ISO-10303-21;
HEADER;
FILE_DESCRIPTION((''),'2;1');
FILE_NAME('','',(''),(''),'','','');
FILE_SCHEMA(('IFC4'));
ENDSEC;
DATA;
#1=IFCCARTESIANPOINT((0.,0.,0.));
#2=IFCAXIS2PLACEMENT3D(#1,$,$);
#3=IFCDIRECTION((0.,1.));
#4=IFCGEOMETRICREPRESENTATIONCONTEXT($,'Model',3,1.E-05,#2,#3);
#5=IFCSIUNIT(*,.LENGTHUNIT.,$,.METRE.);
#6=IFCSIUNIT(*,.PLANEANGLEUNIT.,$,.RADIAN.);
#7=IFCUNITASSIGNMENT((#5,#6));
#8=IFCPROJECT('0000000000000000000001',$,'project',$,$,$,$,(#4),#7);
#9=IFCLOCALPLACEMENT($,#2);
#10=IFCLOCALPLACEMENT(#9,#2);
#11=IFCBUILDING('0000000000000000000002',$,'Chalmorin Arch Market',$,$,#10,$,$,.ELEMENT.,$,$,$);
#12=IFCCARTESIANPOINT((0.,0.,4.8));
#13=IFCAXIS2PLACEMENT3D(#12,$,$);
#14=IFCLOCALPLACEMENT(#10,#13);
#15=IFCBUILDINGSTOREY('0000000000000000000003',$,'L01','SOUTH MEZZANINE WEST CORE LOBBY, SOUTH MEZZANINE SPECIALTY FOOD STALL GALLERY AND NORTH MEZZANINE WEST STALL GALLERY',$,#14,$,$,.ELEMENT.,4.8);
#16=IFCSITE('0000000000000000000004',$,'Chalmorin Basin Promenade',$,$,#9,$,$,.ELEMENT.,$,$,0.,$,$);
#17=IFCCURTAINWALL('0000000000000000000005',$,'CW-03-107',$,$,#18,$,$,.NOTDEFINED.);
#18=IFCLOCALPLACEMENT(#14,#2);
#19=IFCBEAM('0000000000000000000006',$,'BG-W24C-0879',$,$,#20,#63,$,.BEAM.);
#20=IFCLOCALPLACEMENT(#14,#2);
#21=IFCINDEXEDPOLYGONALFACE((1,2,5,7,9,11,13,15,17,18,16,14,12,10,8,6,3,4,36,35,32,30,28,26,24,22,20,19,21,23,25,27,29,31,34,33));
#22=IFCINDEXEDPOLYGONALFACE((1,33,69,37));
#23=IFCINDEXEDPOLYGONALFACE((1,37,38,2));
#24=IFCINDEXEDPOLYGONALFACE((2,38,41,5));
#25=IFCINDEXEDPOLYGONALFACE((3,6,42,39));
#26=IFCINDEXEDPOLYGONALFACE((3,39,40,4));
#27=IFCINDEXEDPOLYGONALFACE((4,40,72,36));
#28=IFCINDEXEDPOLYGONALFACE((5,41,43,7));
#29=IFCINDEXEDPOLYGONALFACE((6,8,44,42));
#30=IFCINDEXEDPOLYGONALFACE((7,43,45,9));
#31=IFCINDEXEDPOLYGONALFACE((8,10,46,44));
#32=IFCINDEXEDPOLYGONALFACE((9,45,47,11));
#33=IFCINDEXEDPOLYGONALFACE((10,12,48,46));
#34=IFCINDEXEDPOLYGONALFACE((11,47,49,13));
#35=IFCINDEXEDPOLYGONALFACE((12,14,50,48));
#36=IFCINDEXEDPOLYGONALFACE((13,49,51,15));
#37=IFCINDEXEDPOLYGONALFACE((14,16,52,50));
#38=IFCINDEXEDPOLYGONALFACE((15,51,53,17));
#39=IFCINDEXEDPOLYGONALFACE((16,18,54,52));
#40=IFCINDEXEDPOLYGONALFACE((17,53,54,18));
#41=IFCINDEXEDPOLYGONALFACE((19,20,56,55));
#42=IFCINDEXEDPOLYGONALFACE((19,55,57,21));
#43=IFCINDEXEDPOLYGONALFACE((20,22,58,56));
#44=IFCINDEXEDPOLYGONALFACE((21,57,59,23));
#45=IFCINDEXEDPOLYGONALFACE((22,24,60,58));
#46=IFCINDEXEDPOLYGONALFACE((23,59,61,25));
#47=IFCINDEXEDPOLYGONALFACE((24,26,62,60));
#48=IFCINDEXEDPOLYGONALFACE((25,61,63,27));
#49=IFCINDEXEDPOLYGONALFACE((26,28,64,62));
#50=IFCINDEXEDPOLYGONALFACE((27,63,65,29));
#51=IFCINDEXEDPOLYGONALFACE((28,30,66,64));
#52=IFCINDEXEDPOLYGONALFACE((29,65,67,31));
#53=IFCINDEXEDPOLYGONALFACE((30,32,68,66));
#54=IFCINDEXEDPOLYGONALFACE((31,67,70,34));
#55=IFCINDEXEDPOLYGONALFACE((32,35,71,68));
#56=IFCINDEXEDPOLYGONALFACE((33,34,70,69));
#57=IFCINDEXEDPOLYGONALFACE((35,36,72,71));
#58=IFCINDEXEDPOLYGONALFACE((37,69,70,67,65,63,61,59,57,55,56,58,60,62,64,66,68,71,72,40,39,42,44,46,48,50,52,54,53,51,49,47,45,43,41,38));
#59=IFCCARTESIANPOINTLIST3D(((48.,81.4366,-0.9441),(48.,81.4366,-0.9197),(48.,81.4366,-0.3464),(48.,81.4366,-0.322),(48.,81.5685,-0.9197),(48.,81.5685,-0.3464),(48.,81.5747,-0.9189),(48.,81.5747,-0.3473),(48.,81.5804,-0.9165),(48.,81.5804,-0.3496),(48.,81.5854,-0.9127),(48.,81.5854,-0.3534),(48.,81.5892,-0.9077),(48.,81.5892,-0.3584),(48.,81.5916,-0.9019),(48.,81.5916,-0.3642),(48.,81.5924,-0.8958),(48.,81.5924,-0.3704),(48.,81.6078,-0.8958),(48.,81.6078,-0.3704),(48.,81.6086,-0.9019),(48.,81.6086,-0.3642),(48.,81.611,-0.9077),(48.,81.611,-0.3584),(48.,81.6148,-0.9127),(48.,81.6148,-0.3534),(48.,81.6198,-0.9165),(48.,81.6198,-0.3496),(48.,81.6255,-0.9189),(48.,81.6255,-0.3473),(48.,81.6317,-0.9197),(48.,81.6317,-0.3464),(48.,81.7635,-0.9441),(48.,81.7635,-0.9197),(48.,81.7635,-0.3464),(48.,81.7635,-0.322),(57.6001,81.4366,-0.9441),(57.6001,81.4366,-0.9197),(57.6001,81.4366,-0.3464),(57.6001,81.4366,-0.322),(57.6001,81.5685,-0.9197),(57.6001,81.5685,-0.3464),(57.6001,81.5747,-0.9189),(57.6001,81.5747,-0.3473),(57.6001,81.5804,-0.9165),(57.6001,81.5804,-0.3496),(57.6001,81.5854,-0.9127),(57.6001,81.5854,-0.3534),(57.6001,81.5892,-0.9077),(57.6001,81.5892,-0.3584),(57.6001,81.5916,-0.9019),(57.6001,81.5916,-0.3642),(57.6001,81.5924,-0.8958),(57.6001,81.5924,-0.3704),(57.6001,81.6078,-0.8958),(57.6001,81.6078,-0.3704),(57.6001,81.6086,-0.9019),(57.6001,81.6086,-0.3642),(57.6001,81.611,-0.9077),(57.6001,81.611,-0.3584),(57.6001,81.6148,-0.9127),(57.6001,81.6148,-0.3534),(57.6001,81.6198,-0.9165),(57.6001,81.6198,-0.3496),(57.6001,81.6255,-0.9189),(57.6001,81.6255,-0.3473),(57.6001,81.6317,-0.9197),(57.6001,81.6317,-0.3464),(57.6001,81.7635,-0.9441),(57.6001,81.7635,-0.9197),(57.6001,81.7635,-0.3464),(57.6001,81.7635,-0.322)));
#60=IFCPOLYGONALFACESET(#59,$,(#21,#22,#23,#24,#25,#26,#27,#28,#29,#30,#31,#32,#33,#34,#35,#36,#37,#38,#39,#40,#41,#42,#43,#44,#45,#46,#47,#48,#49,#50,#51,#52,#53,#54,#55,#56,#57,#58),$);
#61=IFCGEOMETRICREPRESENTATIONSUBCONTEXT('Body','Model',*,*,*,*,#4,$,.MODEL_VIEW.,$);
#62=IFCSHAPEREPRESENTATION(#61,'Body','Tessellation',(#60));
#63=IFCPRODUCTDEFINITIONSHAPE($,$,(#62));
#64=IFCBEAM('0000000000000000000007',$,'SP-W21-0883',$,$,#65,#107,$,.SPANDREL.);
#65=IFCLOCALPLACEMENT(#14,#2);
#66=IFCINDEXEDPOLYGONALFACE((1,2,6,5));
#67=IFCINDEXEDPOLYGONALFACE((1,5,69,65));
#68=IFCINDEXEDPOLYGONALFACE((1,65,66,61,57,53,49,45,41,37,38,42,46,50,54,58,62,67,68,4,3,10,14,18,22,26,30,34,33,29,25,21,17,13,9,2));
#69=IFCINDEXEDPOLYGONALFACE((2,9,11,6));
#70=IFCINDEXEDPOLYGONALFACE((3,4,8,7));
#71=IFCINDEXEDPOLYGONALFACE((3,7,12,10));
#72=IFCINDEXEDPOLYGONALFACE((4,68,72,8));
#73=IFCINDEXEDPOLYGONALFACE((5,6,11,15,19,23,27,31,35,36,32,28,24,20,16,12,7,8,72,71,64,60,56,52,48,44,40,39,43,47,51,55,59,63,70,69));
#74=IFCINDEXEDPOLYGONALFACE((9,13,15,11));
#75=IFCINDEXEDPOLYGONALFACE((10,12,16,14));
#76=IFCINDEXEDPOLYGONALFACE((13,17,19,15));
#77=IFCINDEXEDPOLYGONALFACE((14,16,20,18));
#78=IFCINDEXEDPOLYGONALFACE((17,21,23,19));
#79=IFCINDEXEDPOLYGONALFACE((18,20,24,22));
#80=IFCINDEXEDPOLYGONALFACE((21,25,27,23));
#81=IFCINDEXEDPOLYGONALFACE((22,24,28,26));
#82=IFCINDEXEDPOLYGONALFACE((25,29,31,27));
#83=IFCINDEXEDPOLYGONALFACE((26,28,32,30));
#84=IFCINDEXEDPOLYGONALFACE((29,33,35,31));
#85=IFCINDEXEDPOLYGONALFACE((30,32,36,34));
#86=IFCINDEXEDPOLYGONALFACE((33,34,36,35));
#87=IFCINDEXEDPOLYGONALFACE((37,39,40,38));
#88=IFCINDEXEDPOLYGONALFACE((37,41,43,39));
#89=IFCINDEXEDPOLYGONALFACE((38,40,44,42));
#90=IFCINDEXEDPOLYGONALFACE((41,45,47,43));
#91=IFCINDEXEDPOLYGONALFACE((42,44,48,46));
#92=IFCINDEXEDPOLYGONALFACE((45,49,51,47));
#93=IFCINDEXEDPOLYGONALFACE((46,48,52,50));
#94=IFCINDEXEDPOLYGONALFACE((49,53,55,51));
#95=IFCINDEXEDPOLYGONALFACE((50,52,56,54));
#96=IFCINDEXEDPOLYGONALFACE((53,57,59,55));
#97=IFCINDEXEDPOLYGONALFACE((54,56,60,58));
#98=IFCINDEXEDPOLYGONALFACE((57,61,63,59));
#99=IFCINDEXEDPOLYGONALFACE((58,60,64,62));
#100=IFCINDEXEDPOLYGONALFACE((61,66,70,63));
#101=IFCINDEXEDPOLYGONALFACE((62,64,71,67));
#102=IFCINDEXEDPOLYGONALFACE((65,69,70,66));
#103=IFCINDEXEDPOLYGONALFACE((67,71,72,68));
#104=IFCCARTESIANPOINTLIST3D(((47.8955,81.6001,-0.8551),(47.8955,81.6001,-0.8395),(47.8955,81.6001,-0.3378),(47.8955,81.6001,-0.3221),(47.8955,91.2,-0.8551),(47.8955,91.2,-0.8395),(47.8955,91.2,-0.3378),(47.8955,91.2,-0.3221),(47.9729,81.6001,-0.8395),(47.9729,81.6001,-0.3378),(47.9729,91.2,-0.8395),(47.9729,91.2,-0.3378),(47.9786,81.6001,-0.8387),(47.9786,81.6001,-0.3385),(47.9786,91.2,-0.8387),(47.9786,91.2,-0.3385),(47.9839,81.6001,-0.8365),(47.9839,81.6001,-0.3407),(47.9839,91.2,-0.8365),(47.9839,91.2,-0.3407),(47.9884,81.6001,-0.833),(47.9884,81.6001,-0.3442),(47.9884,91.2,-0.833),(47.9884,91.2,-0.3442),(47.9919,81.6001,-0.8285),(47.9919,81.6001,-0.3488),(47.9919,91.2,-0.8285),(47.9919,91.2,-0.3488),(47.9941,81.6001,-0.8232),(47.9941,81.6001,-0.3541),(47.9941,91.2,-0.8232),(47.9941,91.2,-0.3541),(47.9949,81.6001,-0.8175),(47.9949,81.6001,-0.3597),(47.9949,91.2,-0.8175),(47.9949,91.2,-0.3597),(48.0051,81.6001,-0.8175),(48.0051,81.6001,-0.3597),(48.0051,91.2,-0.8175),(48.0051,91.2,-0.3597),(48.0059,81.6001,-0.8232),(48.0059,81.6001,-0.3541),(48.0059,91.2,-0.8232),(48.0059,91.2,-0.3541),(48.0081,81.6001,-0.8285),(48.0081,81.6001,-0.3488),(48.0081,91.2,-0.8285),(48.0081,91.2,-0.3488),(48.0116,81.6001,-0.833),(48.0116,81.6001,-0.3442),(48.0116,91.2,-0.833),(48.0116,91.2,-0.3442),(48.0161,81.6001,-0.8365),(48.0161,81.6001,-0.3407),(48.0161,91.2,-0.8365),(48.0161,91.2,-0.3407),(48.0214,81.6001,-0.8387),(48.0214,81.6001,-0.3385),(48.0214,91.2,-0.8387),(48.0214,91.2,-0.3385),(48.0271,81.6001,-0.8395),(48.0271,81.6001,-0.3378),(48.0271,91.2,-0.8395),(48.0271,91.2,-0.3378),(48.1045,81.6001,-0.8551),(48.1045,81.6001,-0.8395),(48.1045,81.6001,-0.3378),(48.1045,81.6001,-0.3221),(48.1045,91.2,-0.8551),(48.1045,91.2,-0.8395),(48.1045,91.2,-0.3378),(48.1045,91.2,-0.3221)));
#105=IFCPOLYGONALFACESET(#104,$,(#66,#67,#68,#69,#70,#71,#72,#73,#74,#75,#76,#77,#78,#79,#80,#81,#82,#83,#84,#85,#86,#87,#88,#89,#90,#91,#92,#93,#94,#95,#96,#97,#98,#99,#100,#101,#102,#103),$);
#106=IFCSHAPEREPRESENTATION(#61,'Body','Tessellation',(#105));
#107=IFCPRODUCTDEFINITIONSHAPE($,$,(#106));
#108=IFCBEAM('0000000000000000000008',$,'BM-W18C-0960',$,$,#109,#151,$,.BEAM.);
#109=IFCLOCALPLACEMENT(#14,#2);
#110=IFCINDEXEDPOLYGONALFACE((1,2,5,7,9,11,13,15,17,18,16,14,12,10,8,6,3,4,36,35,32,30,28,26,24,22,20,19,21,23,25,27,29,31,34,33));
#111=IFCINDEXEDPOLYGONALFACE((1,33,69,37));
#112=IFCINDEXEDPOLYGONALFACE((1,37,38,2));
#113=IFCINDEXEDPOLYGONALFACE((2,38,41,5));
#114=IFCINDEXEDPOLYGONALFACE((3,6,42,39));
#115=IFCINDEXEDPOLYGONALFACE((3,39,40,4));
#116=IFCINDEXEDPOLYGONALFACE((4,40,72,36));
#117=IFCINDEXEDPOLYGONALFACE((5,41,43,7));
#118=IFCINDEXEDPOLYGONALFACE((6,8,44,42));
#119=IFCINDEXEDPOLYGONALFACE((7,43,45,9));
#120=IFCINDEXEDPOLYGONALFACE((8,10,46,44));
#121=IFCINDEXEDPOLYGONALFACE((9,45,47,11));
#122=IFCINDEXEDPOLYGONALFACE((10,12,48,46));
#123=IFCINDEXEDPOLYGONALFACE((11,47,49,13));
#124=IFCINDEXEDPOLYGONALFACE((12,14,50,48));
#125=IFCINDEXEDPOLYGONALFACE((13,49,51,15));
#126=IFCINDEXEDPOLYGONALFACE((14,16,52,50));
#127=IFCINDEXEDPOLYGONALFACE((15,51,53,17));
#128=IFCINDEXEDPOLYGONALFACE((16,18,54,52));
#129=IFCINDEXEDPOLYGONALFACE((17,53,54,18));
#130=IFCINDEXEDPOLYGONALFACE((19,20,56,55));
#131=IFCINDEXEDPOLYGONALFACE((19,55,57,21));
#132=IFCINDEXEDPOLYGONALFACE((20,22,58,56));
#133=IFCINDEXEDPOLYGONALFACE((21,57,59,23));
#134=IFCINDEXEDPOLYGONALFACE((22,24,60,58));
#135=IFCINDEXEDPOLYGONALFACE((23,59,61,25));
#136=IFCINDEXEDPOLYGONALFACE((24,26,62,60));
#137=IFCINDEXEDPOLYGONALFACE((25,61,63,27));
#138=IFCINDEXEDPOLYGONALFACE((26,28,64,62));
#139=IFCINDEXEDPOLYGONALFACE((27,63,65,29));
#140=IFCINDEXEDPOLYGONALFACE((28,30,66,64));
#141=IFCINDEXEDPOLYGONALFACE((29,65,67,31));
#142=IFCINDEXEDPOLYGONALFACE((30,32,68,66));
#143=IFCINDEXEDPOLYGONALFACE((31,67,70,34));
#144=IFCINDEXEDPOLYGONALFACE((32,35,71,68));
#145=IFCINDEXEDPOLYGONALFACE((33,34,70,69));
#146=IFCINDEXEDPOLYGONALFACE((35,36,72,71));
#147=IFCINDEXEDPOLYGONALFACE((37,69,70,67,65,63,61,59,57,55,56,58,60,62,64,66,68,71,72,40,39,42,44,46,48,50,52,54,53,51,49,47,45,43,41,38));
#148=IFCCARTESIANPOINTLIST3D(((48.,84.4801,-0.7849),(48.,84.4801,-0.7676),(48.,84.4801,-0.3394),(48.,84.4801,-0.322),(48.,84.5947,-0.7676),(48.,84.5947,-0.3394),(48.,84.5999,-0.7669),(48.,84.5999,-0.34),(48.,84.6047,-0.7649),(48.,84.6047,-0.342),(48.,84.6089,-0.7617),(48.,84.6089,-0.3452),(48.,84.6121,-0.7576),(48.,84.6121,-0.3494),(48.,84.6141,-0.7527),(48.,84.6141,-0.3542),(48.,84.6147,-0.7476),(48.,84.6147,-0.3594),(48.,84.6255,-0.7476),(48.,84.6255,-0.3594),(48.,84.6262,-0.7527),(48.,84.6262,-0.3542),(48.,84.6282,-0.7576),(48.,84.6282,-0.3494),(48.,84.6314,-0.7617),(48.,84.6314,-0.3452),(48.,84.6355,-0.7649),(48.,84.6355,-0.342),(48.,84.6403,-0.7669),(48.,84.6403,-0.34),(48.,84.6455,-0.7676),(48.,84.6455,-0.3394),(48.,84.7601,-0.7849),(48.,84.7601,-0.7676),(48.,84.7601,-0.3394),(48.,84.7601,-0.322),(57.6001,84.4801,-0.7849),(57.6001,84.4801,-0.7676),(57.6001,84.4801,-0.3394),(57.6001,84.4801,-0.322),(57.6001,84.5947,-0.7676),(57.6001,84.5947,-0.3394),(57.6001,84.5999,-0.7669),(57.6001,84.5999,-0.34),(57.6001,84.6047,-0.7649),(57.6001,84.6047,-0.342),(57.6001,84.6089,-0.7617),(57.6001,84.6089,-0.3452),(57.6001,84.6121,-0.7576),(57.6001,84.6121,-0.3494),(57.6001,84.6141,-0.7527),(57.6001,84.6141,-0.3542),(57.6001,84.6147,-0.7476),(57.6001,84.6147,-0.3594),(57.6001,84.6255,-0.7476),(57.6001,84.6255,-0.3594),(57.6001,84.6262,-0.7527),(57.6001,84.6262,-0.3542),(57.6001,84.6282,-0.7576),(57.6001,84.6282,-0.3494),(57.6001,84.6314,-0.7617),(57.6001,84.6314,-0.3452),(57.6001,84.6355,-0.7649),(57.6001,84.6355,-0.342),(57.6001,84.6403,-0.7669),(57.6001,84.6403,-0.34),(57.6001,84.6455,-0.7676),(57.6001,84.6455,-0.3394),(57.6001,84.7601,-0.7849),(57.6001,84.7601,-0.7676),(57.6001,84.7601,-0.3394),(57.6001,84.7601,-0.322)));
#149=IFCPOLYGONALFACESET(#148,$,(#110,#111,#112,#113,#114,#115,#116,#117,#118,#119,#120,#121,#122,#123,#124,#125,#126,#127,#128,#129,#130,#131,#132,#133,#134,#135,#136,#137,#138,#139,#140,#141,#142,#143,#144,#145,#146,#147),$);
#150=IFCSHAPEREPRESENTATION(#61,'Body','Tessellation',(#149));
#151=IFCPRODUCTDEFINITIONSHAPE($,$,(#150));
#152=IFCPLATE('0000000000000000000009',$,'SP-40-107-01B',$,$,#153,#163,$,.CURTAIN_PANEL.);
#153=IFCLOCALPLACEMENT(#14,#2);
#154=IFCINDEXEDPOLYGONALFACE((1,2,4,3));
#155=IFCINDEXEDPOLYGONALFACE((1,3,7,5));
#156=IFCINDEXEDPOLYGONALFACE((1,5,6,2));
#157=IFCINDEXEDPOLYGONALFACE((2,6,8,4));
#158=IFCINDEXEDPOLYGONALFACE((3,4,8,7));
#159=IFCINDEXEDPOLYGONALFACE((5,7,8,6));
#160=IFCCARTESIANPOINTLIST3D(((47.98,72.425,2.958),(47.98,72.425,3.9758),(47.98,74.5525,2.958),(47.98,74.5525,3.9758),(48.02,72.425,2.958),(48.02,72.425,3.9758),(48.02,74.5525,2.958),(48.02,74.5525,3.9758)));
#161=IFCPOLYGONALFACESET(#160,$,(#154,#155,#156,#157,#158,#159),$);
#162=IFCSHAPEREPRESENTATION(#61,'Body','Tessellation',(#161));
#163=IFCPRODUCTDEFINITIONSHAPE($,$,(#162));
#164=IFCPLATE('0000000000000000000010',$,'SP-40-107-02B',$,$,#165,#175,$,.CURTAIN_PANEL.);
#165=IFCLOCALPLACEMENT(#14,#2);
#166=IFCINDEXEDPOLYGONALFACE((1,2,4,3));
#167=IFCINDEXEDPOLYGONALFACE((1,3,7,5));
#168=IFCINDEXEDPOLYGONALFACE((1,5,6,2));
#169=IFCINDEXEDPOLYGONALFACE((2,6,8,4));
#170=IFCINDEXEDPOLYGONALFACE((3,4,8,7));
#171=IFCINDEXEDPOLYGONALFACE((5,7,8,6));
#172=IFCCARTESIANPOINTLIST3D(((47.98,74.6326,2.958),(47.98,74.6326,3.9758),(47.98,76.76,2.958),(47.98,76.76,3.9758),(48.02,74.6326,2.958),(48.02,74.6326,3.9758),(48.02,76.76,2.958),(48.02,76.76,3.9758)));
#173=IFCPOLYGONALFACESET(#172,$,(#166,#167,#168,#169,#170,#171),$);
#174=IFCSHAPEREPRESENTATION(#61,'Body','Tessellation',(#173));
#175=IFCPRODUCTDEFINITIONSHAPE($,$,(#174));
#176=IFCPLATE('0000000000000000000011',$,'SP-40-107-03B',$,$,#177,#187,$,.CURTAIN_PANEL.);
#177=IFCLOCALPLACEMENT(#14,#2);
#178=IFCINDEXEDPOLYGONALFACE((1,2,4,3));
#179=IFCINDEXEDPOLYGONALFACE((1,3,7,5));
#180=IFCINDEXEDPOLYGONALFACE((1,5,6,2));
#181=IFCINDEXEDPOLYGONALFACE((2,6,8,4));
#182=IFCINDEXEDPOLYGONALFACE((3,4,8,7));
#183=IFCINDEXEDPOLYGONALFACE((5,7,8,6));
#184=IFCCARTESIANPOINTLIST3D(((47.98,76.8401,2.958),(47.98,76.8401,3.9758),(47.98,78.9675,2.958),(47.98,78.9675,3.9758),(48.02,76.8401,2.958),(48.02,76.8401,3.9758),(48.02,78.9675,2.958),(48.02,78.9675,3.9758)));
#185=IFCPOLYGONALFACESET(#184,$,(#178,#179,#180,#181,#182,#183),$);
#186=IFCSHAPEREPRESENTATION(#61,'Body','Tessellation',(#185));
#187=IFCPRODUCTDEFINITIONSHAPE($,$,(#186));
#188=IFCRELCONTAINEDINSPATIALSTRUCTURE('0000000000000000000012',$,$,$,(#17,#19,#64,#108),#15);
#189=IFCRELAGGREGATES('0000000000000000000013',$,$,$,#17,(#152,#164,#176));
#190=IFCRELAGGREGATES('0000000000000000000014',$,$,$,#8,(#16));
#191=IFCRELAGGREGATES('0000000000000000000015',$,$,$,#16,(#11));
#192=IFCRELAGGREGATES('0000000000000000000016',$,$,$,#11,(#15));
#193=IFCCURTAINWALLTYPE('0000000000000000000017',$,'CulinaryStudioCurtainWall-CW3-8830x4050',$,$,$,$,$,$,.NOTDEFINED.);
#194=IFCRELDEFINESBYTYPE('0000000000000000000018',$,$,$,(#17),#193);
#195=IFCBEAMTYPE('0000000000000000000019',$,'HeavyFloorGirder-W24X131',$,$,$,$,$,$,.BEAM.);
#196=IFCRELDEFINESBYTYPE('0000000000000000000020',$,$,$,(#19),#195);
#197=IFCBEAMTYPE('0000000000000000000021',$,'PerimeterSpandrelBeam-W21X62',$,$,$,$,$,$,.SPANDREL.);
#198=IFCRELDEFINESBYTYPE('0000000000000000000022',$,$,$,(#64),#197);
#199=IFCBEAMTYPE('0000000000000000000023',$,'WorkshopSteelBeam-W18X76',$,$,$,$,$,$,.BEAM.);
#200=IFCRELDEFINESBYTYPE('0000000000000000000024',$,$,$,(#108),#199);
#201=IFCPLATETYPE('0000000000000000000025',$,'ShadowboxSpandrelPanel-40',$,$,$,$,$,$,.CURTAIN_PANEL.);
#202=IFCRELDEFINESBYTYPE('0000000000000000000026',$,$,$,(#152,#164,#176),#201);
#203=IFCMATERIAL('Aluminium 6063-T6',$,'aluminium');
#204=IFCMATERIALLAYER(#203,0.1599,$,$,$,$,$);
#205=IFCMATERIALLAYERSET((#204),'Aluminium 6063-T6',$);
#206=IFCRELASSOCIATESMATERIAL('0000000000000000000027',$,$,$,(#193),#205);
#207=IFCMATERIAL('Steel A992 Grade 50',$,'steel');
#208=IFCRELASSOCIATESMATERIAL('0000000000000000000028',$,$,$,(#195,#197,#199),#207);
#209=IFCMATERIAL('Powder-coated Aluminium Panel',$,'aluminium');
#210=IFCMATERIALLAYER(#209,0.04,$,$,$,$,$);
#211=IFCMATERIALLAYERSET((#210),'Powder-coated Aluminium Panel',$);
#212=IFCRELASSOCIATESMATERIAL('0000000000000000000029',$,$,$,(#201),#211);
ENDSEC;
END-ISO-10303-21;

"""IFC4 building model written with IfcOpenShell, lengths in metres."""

from ifc_helpers import new_model, si_unit, direction, frame, origin, origin_2d, place, context, subcontext, project, spatial, rectangle, i_section, extrude, material, layer, layer_set, material_profile, profile_set, type_object, element, aggregate, save


model = new_model("IFC4")

# Units and contexts
model_context = context("Model", 3, precision=1e-05, world=origin(), true_north=direction((0.0, 1.0)))
body_context = subcontext(model_context, "Body", "Model", "MODEL_VIEW")
ifc_project = project(units=[si_unit("LENGTHUNIT", "METRE"), si_unit("PLANEANGLEUNIT", "RADIAN")], contexts=[model_context])

# Site, building, storey
site_placement = place(None, origin())
site = spatial("IfcSite", under=ifc_project, at=site_placement, Name="Chalmorin Basin Promenade", CompositionType="ELEMENT", RefElevation=0.0)
building_placement = place(site_placement, origin())
building = spatial("IfcBuilding", under=site, at=building_placement, Name="Chalmorin Arch Market", CompositionType="ELEMENT")
storey_placement = place(building_placement, frame((0.0, 0.0, 4.8)))
storey = spatial("IfcBuildingStorey", under=building, at=storey_placement, Name="L01", Description="SOUTH MEZZANINE WEST CORE LOBBY, SOUTH MEZZANINE SPECIALTY FOOD STALL GALLERY AND NORTH MEZZANINE WEST STALL GALLERY", CompositionType="ELEMENT", Elevation=4.8)

# Curtain wall
ifc_material_1 = material(Name="Aluminium 6063-T6", Category="aluminium")
ifc_layer_1 = layer(ifc_material_1, 0.1599)
ifc_layer_set_1 = layer_set([ifc_layer_1], Name="Aluminium 6063-T6")
curtain_wall_type = type_object("IfcCurtainWallType", Name="CulinaryStudioCurtainWall-CW3-8830x4050", PredefinedType="NOTDEFINED", material=ifc_layer_set_1)
curtain_wall_1_placement = place(storey_placement, origin())
curtain_wall_1 = element("IfcCurtainWall", 1, at=curtain_wall_1_placement, inside=storey, type_object=curtain_wall_type, Name="CW-03-107", PredefinedType="NOTDEFINED")

# Beams
ifc_material_2 = material(Name="Steel A992 Grade 50", Category="steel")
ifc_material_profile_1 = material_profile(ifc_material_2, i_section(OverallWidth=0.3269, OverallDepth=0.6221, WebThickness=0.0154, FlangeThickness=0.0244, FilletRadius=0.0239, at=origin_2d()), Name="W24X131")
ifc_profile_set_1 = profile_set([ifc_material_profile_1], Name="Steel A992 Grade 50")
beam_type_1 = type_object("IfcBeamType", Name="HeavyFloorGirder-W24X131", PredefinedType="BEAM", material=ifc_profile_set_1)
beam_1_placement = place(storey_placement, frame((48.0, 81.6001, -0.6331), z_axis=(1.0, 0.0, 0.0), x_axis=(0.0, 1.0, 0.0)))
element("IfcBeam", 2, at=beam_1_placement, inside=storey, type_object=beam_type_1, Name="BG-W24C-0879", PredefinedType="BEAM", context=body_context, shape_type="SweptSolid", body=[
    extrude(i_section(OverallWidth=0.3269, OverallDepth=0.6221, WebThickness=0.0154, FlangeThickness=0.0244, FilletRadius=0.0239, at=origin_2d()), origin(), (0.0, 0.0, 1.0), 9.6001),
])
ifc_material_profile_2 = material_profile(ifc_material_2, i_section(OverallWidth=0.209, OverallDepth=0.533, WebThickness=0.0103, FlangeThickness=0.0156, FilletRadius=0.022, at=origin_2d()), Name="W21X62")
ifc_profile_set_2 = profile_set([ifc_material_profile_2], Name="Steel A992 Grade 50")
beam_type_2 = type_object("IfcBeamType", Name="PerimeterSpandrelBeam-W21X62", PredefinedType="SPANDREL", material=ifc_profile_set_2)
beam_2_placement = place(storey_placement, frame((48.0, 81.6001, -0.5886), z_axis=(0.0, 1.0, 0.0), x_axis=(-1.0, 0.0, 0.0)))
element("IfcBeam", 3, at=beam_2_placement, inside=storey, type_object=beam_type_2, Name="SP-W21-0883", PredefinedType="SPANDREL", context=body_context, shape_type="SweptSolid", body=[
    extrude(i_section(OverallWidth=0.209, OverallDepth=0.533, WebThickness=0.0103, FlangeThickness=0.0156, FilletRadius=0.022, at=origin_2d()), origin(), (0.0, 0.0, 1.0), 9.5999),
])
ifc_material_profile_3 = material_profile(ifc_material_2, i_section(OverallWidth=0.28, OverallDepth=0.4629, WebThickness=0.0107, FlangeThickness=0.0173, FilletRadius=0.02, at=origin_2d()), Name="W18X76")
ifc_profile_set_3 = profile_set([ifc_material_profile_3], Name="Steel A992 Grade 50")
beam_type_3 = type_object("IfcBeamType", Name="WorkshopSteelBeam-W18X76", PredefinedType="BEAM", material=ifc_profile_set_3)
beam_3_placement = place(storey_placement, frame((48.0, 84.6201, -0.5535), z_axis=(1.0, 0.0, 0.0), x_axis=(0.0, 1.0, 0.0)))
element("IfcBeam", 4, at=beam_3_placement, inside=storey, type_object=beam_type_3, Name="BM-W18C-0960", PredefinedType="BEAM", context=body_context, shape_type="SweptSolid", body=[
    extrude(i_section(OverallWidth=0.28, OverallDepth=0.4629, WebThickness=0.0107, FlangeThickness=0.0173, FilletRadius=0.02, at=origin_2d()), origin(), (0.0, 0.0, 1.0), 9.6001),
])

# Plates
ifc_material_3 = material(Name="Powder-coated Aluminium Panel", Category="aluminium")
ifc_layer_2 = layer(ifc_material_3, 0.04)
ifc_layer_set_2 = layer_set([ifc_layer_2], Name="Powder-coated Aluminium Panel")
plate_type_1 = type_object("IfcPlateType", Name="ShadowboxSpandrelPanel-40", PredefinedType="CURTAIN_PANEL", material=ifc_layer_set_2)
plate_1_placement = place(storey_placement, frame((48.0, 73.4888, 2.958), z_axis=(0.0, 0.0, 1.0), x_axis=(0.0, 1.0, 0.0)))
plate_1 = element("IfcPlate", 5, at=plate_1_placement, type_object=plate_type_1, Name="SP-40-107-01B", PredefinedType="CURTAIN_PANEL", context=body_context, shape_type="SweptSolid", body=[
    extrude(rectangle(XDim=2.1274, YDim=0.04, at=origin_2d()), origin(), (0.0, 0.0, 1.0), 1.0178),
])
plate_2_placement = place(storey_placement, frame((48.0, 75.6963, 2.958), z_axis=(0.0, 0.0, 1.0), x_axis=(0.0, 1.0, 0.0)))
plate_2 = element("IfcPlate", 6, at=plate_2_placement, type_object=plate_type_1, Name="SP-40-107-02B", PredefinedType="CURTAIN_PANEL", context=body_context, shape_type="SweptSolid", body=[
    extrude(rectangle(XDim=2.1274, YDim=0.04, at=origin_2d()), origin(), (0.0, 0.0, 1.0), 1.0178),
])
plate_3_placement = place(storey_placement, frame((48.0, 77.9038, 2.958), z_axis=(0.0, 0.0, 1.0), x_axis=(0.0, 1.0, 0.0)))
plate_3 = element("IfcPlate", 7, at=plate_3_placement, type_object=plate_type_1, Name="SP-40-107-03B", PredefinedType="CURTAIN_PANEL", context=body_context, shape_type="SweptSolid", body=[
    extrude(rectangle(XDim=2.1274, YDim=0.04, at=origin_2d()), origin(), (0.0, 0.0, 1.0), 1.0178),
])
aggregate(curtain_wall_1, [plate_1, plate_2, plate_3])

save(model, "model.ifc")
